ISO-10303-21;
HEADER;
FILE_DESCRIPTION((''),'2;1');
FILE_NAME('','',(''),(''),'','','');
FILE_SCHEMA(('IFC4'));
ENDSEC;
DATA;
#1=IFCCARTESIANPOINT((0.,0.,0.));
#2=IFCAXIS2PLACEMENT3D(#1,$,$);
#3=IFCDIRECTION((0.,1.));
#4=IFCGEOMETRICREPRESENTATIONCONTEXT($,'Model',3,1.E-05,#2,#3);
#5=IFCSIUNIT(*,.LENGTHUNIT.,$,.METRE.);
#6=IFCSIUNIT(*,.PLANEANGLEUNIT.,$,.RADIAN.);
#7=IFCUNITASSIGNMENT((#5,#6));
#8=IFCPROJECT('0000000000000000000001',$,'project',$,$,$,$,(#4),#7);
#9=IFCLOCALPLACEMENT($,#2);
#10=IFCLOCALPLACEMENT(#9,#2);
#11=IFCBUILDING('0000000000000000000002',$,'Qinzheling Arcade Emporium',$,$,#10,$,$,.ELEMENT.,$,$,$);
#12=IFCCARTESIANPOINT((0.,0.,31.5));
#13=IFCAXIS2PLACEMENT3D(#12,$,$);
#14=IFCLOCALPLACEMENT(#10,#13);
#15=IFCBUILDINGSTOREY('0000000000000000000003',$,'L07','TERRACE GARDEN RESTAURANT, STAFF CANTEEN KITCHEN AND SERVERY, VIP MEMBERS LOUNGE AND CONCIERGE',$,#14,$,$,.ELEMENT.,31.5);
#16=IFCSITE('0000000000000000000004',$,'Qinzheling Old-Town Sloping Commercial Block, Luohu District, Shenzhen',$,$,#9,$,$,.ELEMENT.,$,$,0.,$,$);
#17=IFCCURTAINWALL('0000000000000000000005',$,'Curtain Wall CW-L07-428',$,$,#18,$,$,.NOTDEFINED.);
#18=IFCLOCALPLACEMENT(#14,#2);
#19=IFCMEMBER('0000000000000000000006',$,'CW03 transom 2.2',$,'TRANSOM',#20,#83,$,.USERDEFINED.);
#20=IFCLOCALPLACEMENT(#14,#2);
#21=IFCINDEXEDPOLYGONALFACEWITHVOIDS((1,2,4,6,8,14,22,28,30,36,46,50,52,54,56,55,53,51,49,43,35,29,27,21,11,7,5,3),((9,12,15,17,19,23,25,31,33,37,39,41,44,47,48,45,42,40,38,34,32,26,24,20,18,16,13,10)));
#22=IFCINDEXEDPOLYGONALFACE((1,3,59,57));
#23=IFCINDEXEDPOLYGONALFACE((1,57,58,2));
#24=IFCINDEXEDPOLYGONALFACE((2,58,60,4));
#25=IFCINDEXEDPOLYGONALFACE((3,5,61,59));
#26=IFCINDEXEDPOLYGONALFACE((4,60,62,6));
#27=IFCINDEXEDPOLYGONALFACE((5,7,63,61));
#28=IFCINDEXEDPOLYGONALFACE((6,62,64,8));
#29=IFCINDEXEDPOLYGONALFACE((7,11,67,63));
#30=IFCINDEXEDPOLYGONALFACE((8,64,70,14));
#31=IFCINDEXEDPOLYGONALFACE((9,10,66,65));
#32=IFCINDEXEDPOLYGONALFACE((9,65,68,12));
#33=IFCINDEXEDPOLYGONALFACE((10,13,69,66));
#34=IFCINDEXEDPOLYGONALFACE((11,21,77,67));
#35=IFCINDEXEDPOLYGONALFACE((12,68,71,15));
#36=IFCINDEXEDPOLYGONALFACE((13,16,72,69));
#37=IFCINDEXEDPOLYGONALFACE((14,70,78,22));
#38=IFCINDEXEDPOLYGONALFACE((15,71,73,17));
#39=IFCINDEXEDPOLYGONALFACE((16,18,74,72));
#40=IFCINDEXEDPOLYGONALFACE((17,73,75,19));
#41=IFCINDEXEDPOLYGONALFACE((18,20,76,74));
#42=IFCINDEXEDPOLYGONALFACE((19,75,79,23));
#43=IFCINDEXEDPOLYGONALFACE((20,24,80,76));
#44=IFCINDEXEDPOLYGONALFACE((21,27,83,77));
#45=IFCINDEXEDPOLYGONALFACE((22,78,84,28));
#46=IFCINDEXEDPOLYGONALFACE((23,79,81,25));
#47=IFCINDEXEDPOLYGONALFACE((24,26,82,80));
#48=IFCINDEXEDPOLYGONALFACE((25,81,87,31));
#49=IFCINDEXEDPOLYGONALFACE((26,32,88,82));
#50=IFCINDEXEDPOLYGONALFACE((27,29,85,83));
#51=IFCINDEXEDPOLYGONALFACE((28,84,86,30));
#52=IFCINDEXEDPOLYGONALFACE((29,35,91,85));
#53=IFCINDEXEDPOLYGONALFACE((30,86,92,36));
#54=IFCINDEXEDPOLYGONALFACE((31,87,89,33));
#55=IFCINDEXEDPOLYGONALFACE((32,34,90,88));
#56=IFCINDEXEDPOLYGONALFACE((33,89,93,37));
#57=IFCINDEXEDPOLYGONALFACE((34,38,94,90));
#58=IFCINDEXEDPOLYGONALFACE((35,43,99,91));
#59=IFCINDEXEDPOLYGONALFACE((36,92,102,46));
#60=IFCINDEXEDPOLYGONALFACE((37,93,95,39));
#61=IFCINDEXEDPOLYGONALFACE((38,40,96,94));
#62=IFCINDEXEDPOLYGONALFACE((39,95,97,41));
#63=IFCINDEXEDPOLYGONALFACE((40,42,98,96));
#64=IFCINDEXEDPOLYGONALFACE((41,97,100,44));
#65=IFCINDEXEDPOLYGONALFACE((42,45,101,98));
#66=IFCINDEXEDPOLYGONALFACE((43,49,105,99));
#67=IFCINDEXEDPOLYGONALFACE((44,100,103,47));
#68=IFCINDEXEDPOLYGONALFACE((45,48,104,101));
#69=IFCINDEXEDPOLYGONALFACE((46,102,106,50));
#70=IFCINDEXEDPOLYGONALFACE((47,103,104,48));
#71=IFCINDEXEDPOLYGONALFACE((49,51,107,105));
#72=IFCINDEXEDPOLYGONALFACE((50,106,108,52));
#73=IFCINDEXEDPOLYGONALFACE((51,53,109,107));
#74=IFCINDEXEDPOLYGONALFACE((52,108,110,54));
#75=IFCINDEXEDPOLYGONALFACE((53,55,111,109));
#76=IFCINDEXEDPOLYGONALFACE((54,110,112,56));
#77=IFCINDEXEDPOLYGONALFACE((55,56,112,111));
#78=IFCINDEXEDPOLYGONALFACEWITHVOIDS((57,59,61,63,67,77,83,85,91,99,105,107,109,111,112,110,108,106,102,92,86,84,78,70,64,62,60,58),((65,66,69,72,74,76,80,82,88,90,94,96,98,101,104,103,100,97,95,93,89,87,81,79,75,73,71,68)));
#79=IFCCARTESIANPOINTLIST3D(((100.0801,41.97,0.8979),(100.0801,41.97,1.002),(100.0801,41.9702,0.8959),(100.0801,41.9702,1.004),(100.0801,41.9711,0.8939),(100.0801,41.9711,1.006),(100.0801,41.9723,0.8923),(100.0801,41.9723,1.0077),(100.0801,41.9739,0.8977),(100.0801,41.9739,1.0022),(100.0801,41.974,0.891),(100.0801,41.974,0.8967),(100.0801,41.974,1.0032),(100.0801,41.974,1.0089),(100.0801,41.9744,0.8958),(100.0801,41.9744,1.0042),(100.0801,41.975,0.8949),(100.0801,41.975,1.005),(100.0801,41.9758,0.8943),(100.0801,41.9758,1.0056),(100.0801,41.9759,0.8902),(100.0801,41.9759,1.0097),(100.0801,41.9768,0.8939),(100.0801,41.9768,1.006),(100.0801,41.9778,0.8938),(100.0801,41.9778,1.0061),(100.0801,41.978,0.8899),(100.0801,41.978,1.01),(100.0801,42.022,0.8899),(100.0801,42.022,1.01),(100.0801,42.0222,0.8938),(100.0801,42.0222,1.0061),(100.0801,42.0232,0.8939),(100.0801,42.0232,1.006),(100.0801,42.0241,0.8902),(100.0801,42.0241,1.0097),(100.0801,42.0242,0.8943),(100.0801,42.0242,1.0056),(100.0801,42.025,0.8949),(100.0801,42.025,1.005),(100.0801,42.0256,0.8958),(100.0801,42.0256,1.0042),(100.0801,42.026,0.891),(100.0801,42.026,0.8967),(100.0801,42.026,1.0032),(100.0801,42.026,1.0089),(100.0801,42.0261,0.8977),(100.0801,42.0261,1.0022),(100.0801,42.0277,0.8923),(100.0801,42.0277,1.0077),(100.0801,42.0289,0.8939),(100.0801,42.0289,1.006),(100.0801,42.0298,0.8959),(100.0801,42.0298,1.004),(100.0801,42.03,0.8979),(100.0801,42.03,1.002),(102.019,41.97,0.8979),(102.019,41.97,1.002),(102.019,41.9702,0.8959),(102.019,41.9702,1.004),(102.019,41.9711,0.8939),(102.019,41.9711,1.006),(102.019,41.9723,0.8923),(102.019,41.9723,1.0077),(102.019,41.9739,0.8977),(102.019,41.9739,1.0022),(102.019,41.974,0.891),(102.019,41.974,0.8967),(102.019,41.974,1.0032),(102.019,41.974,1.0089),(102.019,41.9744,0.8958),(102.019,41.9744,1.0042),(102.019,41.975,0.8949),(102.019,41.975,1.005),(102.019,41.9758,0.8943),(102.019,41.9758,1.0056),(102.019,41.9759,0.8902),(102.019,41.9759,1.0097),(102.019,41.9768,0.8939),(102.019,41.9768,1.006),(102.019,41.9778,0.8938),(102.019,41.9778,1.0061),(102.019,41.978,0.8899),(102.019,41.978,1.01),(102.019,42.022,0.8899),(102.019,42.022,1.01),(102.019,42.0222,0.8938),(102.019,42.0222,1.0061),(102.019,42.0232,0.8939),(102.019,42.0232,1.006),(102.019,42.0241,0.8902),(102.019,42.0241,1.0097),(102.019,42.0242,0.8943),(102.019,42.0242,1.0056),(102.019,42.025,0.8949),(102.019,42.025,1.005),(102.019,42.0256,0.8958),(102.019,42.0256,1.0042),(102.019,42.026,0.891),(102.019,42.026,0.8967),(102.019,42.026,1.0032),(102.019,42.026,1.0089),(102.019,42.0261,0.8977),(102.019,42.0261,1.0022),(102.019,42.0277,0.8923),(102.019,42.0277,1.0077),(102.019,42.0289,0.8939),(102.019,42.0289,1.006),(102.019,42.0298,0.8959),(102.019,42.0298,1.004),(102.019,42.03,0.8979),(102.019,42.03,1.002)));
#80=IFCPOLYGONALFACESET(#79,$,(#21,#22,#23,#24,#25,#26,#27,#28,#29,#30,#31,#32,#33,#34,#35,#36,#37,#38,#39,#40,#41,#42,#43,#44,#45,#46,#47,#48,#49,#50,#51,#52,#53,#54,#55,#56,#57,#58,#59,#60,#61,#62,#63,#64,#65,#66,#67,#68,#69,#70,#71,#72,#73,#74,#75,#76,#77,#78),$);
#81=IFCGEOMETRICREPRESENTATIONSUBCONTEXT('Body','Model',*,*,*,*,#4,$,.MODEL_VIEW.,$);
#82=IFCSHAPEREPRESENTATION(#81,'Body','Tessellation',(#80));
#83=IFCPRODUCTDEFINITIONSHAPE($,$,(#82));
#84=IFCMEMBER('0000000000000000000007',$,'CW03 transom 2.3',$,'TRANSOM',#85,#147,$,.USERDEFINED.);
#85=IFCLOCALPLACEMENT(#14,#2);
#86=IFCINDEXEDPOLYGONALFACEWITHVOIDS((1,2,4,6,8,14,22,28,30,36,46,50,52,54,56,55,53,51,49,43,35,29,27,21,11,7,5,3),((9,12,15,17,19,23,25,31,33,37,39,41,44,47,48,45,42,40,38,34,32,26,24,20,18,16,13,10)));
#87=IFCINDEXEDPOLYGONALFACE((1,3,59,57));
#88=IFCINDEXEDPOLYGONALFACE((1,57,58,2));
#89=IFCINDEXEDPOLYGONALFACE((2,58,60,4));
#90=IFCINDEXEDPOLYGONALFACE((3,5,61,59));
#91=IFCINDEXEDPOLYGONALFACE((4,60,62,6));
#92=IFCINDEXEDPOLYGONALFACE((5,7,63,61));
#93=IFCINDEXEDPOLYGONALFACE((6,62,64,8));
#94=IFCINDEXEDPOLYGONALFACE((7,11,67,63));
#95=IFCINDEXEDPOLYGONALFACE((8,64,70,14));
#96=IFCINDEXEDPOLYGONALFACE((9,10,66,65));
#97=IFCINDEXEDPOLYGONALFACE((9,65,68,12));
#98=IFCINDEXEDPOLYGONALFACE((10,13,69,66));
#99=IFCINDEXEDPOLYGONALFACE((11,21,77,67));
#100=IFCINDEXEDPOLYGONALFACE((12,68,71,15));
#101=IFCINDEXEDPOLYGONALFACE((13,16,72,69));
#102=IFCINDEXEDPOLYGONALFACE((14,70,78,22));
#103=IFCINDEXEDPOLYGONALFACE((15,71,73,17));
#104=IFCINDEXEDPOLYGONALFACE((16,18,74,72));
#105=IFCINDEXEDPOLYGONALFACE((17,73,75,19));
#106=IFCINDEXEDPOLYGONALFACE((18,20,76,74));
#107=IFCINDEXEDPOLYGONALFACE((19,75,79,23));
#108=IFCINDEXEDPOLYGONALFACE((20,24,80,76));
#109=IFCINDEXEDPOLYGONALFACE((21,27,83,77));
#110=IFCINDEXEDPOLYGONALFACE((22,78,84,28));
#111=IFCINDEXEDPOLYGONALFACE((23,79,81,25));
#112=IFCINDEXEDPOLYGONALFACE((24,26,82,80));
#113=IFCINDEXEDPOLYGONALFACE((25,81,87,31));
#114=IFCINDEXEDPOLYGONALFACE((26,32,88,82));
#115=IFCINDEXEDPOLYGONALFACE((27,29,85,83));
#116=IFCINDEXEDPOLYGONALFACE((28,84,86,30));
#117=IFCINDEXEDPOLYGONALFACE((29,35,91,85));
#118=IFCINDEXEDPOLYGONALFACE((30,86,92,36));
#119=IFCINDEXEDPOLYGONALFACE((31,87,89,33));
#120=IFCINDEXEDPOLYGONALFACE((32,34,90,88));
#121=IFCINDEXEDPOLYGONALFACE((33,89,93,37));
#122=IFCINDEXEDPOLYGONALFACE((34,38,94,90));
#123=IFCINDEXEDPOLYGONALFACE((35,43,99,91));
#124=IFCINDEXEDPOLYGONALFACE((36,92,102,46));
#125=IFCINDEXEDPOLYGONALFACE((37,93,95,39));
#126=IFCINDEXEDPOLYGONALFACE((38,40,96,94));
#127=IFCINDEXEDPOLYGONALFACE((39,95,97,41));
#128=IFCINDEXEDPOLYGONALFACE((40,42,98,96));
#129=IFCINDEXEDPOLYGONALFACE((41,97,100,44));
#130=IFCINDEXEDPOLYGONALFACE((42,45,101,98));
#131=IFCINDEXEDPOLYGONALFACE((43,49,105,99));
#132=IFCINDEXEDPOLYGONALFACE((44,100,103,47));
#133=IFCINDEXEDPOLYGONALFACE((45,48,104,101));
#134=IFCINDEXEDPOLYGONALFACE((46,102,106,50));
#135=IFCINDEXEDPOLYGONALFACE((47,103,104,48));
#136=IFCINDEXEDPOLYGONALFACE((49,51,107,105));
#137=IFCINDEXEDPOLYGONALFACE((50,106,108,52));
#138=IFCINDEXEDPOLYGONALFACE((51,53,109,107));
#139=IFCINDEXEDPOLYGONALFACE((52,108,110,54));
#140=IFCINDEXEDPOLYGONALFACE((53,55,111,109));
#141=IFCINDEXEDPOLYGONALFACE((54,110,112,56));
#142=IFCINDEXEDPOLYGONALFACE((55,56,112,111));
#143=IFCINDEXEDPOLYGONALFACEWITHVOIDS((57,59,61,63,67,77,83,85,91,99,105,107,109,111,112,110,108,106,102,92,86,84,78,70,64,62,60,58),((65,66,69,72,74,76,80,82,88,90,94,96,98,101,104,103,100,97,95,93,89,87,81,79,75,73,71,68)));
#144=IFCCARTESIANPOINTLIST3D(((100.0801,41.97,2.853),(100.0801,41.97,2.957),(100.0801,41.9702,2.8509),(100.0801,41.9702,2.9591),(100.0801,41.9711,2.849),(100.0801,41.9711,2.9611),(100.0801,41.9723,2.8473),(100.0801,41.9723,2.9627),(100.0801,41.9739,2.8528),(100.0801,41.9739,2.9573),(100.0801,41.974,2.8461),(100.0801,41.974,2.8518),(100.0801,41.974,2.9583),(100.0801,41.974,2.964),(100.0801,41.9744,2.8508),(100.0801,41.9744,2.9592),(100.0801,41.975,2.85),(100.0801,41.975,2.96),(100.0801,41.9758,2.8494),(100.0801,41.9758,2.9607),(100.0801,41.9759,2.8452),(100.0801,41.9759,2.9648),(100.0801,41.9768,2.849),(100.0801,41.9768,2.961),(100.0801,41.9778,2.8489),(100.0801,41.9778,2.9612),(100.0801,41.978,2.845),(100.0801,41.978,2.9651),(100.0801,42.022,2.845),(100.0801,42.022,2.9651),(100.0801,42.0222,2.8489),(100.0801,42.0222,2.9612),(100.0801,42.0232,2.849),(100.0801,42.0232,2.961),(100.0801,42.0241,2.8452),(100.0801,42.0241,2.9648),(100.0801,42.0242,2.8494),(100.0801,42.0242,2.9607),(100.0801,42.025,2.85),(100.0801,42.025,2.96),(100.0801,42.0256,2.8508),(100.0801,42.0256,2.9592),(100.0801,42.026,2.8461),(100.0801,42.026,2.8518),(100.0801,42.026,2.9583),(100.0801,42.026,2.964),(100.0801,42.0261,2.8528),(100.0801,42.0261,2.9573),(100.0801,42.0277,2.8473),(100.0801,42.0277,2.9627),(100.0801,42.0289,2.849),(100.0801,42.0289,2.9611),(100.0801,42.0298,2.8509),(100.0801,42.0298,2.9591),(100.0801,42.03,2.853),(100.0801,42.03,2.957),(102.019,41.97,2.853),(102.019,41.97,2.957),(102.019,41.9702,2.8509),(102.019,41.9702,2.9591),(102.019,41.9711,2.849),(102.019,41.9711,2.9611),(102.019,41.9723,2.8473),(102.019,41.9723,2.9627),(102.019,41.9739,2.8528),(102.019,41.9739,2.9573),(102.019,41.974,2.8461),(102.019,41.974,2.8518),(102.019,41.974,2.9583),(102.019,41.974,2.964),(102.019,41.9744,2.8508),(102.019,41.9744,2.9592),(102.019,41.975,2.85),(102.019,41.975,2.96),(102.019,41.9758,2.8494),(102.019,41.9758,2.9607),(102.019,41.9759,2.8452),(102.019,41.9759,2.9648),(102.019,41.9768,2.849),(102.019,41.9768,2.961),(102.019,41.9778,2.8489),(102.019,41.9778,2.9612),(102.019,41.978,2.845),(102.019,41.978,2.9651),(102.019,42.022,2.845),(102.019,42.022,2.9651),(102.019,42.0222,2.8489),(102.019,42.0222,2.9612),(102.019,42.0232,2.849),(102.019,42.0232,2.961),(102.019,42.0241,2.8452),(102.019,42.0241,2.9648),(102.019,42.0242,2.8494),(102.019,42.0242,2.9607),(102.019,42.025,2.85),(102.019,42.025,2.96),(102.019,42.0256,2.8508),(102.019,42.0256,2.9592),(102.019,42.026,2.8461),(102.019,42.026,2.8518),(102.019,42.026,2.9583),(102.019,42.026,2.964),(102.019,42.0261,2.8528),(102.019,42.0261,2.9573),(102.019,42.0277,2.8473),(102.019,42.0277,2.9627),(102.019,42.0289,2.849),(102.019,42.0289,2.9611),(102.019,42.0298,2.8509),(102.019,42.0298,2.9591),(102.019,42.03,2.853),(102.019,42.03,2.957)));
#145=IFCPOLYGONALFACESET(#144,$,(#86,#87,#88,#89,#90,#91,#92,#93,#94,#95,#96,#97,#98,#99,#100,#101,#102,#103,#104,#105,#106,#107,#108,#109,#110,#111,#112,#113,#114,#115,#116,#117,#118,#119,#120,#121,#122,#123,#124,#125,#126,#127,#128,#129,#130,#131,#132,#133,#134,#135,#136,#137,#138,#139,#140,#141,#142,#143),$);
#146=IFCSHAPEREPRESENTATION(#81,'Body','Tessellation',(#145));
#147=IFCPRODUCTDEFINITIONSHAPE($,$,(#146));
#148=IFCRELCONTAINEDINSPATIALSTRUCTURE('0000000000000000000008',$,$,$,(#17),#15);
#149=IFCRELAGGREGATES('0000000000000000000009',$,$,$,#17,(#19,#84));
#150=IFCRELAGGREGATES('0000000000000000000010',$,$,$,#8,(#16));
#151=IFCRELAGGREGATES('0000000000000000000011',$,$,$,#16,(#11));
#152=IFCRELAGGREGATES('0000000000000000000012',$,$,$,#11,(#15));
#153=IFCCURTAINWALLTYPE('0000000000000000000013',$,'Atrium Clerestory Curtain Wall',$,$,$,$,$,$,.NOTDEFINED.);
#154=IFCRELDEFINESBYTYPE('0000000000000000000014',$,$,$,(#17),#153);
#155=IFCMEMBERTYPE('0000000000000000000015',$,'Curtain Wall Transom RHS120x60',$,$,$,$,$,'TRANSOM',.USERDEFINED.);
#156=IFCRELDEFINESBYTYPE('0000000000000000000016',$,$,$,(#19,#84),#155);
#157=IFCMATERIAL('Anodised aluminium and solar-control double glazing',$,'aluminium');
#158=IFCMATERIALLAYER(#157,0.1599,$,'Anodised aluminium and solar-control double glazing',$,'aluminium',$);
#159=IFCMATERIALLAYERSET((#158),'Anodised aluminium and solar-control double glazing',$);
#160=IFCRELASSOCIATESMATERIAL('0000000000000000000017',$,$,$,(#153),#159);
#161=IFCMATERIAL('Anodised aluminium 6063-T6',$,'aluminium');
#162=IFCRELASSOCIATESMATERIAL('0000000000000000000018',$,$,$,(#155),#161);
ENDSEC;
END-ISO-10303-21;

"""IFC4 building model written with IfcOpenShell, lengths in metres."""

from ifc_helpers import new_model, si_unit, direction, frame, origin, origin_2d, place, context, subcontext, project, spatial, hollow_rectangle, extrude, material, layer, layer_set, material_profile, profile_set, type_object, element, aggregate, save


model = new_model("IFC4")

# Units and contexts
model_context = context("Model", 3, precision=1e-05, world=origin(), true_north=direction((0.0, 1.0)))
body_context = subcontext(model_context, "Body", "Model", "MODEL_VIEW")
ifc_project = project(units=[si_unit("LENGTHUNIT", "METRE"), si_unit("PLANEANGLEUNIT", "RADIAN")], contexts=[model_context])

# Site, building, storey
site_placement = place(None, origin())
site = spatial("IfcSite", under=ifc_project, at=site_placement, Name="Qinzheling Old-Town Sloping Commercial Block, Luohu District, Shenzhen", CompositionType="ELEMENT", RefElevation=0.0)
building_placement = place(site_placement, origin())
building = spatial("IfcBuilding", under=site, at=building_placement, Name="Qinzheling Arcade Emporium", CompositionType="ELEMENT")
storey_placement = place(building_placement, frame((0.0, 0.0, 31.5)))
storey = spatial("IfcBuildingStorey", under=building, at=storey_placement, Name="L07", Description="TERRACE GARDEN RESTAURANT, STAFF CANTEEN KITCHEN AND SERVERY, VIP MEMBERS LOUNGE AND CONCIERGE", CompositionType="ELEMENT", Elevation=31.5)

# Curtain wall, members
ifc_material_1 = material(Name="Anodised aluminium and solar-control double glazing", Category="aluminium")
ifc_layer_1 = layer(ifc_material_1, 0.1599, Name="Anodised aluminium and solar-control double glazing", Category="aluminium")
ifc_layer_set_1 = layer_set([ifc_layer_1], Name="Anodised aluminium and solar-control double glazing")
curtain_wall_type = type_object("IfcCurtainWallType", Name="Atrium Clerestory Curtain Wall", PredefinedType="NOTDEFINED", material=ifc_layer_set_1)
curtain_wall_placement = place(storey_placement, origin())
curtain_wall = element("IfcCurtainWall", 1, at=curtain_wall_placement, inside=storey, type_object=curtain_wall_type, Name="Curtain Wall CW-L07-428", PredefinedType="NOTDEFINED")
ifc_material_2 = material(Name="Anodised aluminium 6063-T6", Category="aluminium")
ifc_material_profile_1 = material_profile(ifc_material_2, hollow_rectangle(XDim=0.0601, YDim=0.1201, WallThickness=0.0039, InnerFilletRadius=0.0039, OuterFilletRadius=0.0081, at=origin_2d()), Name="RHS 120x60x4", Category="aluminium")
ifc_profile_set_1 = profile_set([ifc_material_profile_1], Name="Anodised aluminium 6063-T6")
member_type_1 = type_object("IfcMemberType", Name="Curtain Wall Transom RHS120x60", ElementType="TRANSOM", PredefinedType="USERDEFINED", material=ifc_profile_set_1)
member_1_placement = place(storey_placement, frame((102.019, 42.0, 0.95), z_axis=(-1.0, 0.0, 0.0), x_axis=(0.0, -1.0, 0.0)))
member_1 = element("IfcMember", 2, at=member_1_placement, type_object=member_type_1, Name="CW03 transom 2.2", ObjectType="TRANSOM", PredefinedType="USERDEFINED", context=body_context, shape_type="SweptSolid", body=[
    extrude(hollow_rectangle(XDim=0.0601, YDim=0.1201, WallThickness=0.0039, InnerFilletRadius=0.0039, OuterFilletRadius=0.0081, at=origin_2d()), origin(), (0.0, 0.0, 1.0), 1.939),
])
member_2_placement = place(storey_placement, frame((102.019, 42.0, 2.905), z_axis=(-1.0, 0.0, 0.0), x_axis=(0.0, -1.0, 0.0)))
member_2 = element("IfcMember", 3, at=member_2_placement, type_object=member_type_1, Name="CW03 transom 2.3", ObjectType="TRANSOM", PredefinedType="USERDEFINED", context=body_context, shape_type="SweptSolid", body=[
    extrude(hollow_rectangle(XDim=0.0601, YDim=0.1201, WallThickness=0.0039, InnerFilletRadius=0.0039, OuterFilletRadius=0.0081, at=origin_2d()), origin(), (0.0, 0.0, 1.0), 1.939),
])
aggregate(curtain_wall, [member_1, member_2])

save(model, "model.ifc")
